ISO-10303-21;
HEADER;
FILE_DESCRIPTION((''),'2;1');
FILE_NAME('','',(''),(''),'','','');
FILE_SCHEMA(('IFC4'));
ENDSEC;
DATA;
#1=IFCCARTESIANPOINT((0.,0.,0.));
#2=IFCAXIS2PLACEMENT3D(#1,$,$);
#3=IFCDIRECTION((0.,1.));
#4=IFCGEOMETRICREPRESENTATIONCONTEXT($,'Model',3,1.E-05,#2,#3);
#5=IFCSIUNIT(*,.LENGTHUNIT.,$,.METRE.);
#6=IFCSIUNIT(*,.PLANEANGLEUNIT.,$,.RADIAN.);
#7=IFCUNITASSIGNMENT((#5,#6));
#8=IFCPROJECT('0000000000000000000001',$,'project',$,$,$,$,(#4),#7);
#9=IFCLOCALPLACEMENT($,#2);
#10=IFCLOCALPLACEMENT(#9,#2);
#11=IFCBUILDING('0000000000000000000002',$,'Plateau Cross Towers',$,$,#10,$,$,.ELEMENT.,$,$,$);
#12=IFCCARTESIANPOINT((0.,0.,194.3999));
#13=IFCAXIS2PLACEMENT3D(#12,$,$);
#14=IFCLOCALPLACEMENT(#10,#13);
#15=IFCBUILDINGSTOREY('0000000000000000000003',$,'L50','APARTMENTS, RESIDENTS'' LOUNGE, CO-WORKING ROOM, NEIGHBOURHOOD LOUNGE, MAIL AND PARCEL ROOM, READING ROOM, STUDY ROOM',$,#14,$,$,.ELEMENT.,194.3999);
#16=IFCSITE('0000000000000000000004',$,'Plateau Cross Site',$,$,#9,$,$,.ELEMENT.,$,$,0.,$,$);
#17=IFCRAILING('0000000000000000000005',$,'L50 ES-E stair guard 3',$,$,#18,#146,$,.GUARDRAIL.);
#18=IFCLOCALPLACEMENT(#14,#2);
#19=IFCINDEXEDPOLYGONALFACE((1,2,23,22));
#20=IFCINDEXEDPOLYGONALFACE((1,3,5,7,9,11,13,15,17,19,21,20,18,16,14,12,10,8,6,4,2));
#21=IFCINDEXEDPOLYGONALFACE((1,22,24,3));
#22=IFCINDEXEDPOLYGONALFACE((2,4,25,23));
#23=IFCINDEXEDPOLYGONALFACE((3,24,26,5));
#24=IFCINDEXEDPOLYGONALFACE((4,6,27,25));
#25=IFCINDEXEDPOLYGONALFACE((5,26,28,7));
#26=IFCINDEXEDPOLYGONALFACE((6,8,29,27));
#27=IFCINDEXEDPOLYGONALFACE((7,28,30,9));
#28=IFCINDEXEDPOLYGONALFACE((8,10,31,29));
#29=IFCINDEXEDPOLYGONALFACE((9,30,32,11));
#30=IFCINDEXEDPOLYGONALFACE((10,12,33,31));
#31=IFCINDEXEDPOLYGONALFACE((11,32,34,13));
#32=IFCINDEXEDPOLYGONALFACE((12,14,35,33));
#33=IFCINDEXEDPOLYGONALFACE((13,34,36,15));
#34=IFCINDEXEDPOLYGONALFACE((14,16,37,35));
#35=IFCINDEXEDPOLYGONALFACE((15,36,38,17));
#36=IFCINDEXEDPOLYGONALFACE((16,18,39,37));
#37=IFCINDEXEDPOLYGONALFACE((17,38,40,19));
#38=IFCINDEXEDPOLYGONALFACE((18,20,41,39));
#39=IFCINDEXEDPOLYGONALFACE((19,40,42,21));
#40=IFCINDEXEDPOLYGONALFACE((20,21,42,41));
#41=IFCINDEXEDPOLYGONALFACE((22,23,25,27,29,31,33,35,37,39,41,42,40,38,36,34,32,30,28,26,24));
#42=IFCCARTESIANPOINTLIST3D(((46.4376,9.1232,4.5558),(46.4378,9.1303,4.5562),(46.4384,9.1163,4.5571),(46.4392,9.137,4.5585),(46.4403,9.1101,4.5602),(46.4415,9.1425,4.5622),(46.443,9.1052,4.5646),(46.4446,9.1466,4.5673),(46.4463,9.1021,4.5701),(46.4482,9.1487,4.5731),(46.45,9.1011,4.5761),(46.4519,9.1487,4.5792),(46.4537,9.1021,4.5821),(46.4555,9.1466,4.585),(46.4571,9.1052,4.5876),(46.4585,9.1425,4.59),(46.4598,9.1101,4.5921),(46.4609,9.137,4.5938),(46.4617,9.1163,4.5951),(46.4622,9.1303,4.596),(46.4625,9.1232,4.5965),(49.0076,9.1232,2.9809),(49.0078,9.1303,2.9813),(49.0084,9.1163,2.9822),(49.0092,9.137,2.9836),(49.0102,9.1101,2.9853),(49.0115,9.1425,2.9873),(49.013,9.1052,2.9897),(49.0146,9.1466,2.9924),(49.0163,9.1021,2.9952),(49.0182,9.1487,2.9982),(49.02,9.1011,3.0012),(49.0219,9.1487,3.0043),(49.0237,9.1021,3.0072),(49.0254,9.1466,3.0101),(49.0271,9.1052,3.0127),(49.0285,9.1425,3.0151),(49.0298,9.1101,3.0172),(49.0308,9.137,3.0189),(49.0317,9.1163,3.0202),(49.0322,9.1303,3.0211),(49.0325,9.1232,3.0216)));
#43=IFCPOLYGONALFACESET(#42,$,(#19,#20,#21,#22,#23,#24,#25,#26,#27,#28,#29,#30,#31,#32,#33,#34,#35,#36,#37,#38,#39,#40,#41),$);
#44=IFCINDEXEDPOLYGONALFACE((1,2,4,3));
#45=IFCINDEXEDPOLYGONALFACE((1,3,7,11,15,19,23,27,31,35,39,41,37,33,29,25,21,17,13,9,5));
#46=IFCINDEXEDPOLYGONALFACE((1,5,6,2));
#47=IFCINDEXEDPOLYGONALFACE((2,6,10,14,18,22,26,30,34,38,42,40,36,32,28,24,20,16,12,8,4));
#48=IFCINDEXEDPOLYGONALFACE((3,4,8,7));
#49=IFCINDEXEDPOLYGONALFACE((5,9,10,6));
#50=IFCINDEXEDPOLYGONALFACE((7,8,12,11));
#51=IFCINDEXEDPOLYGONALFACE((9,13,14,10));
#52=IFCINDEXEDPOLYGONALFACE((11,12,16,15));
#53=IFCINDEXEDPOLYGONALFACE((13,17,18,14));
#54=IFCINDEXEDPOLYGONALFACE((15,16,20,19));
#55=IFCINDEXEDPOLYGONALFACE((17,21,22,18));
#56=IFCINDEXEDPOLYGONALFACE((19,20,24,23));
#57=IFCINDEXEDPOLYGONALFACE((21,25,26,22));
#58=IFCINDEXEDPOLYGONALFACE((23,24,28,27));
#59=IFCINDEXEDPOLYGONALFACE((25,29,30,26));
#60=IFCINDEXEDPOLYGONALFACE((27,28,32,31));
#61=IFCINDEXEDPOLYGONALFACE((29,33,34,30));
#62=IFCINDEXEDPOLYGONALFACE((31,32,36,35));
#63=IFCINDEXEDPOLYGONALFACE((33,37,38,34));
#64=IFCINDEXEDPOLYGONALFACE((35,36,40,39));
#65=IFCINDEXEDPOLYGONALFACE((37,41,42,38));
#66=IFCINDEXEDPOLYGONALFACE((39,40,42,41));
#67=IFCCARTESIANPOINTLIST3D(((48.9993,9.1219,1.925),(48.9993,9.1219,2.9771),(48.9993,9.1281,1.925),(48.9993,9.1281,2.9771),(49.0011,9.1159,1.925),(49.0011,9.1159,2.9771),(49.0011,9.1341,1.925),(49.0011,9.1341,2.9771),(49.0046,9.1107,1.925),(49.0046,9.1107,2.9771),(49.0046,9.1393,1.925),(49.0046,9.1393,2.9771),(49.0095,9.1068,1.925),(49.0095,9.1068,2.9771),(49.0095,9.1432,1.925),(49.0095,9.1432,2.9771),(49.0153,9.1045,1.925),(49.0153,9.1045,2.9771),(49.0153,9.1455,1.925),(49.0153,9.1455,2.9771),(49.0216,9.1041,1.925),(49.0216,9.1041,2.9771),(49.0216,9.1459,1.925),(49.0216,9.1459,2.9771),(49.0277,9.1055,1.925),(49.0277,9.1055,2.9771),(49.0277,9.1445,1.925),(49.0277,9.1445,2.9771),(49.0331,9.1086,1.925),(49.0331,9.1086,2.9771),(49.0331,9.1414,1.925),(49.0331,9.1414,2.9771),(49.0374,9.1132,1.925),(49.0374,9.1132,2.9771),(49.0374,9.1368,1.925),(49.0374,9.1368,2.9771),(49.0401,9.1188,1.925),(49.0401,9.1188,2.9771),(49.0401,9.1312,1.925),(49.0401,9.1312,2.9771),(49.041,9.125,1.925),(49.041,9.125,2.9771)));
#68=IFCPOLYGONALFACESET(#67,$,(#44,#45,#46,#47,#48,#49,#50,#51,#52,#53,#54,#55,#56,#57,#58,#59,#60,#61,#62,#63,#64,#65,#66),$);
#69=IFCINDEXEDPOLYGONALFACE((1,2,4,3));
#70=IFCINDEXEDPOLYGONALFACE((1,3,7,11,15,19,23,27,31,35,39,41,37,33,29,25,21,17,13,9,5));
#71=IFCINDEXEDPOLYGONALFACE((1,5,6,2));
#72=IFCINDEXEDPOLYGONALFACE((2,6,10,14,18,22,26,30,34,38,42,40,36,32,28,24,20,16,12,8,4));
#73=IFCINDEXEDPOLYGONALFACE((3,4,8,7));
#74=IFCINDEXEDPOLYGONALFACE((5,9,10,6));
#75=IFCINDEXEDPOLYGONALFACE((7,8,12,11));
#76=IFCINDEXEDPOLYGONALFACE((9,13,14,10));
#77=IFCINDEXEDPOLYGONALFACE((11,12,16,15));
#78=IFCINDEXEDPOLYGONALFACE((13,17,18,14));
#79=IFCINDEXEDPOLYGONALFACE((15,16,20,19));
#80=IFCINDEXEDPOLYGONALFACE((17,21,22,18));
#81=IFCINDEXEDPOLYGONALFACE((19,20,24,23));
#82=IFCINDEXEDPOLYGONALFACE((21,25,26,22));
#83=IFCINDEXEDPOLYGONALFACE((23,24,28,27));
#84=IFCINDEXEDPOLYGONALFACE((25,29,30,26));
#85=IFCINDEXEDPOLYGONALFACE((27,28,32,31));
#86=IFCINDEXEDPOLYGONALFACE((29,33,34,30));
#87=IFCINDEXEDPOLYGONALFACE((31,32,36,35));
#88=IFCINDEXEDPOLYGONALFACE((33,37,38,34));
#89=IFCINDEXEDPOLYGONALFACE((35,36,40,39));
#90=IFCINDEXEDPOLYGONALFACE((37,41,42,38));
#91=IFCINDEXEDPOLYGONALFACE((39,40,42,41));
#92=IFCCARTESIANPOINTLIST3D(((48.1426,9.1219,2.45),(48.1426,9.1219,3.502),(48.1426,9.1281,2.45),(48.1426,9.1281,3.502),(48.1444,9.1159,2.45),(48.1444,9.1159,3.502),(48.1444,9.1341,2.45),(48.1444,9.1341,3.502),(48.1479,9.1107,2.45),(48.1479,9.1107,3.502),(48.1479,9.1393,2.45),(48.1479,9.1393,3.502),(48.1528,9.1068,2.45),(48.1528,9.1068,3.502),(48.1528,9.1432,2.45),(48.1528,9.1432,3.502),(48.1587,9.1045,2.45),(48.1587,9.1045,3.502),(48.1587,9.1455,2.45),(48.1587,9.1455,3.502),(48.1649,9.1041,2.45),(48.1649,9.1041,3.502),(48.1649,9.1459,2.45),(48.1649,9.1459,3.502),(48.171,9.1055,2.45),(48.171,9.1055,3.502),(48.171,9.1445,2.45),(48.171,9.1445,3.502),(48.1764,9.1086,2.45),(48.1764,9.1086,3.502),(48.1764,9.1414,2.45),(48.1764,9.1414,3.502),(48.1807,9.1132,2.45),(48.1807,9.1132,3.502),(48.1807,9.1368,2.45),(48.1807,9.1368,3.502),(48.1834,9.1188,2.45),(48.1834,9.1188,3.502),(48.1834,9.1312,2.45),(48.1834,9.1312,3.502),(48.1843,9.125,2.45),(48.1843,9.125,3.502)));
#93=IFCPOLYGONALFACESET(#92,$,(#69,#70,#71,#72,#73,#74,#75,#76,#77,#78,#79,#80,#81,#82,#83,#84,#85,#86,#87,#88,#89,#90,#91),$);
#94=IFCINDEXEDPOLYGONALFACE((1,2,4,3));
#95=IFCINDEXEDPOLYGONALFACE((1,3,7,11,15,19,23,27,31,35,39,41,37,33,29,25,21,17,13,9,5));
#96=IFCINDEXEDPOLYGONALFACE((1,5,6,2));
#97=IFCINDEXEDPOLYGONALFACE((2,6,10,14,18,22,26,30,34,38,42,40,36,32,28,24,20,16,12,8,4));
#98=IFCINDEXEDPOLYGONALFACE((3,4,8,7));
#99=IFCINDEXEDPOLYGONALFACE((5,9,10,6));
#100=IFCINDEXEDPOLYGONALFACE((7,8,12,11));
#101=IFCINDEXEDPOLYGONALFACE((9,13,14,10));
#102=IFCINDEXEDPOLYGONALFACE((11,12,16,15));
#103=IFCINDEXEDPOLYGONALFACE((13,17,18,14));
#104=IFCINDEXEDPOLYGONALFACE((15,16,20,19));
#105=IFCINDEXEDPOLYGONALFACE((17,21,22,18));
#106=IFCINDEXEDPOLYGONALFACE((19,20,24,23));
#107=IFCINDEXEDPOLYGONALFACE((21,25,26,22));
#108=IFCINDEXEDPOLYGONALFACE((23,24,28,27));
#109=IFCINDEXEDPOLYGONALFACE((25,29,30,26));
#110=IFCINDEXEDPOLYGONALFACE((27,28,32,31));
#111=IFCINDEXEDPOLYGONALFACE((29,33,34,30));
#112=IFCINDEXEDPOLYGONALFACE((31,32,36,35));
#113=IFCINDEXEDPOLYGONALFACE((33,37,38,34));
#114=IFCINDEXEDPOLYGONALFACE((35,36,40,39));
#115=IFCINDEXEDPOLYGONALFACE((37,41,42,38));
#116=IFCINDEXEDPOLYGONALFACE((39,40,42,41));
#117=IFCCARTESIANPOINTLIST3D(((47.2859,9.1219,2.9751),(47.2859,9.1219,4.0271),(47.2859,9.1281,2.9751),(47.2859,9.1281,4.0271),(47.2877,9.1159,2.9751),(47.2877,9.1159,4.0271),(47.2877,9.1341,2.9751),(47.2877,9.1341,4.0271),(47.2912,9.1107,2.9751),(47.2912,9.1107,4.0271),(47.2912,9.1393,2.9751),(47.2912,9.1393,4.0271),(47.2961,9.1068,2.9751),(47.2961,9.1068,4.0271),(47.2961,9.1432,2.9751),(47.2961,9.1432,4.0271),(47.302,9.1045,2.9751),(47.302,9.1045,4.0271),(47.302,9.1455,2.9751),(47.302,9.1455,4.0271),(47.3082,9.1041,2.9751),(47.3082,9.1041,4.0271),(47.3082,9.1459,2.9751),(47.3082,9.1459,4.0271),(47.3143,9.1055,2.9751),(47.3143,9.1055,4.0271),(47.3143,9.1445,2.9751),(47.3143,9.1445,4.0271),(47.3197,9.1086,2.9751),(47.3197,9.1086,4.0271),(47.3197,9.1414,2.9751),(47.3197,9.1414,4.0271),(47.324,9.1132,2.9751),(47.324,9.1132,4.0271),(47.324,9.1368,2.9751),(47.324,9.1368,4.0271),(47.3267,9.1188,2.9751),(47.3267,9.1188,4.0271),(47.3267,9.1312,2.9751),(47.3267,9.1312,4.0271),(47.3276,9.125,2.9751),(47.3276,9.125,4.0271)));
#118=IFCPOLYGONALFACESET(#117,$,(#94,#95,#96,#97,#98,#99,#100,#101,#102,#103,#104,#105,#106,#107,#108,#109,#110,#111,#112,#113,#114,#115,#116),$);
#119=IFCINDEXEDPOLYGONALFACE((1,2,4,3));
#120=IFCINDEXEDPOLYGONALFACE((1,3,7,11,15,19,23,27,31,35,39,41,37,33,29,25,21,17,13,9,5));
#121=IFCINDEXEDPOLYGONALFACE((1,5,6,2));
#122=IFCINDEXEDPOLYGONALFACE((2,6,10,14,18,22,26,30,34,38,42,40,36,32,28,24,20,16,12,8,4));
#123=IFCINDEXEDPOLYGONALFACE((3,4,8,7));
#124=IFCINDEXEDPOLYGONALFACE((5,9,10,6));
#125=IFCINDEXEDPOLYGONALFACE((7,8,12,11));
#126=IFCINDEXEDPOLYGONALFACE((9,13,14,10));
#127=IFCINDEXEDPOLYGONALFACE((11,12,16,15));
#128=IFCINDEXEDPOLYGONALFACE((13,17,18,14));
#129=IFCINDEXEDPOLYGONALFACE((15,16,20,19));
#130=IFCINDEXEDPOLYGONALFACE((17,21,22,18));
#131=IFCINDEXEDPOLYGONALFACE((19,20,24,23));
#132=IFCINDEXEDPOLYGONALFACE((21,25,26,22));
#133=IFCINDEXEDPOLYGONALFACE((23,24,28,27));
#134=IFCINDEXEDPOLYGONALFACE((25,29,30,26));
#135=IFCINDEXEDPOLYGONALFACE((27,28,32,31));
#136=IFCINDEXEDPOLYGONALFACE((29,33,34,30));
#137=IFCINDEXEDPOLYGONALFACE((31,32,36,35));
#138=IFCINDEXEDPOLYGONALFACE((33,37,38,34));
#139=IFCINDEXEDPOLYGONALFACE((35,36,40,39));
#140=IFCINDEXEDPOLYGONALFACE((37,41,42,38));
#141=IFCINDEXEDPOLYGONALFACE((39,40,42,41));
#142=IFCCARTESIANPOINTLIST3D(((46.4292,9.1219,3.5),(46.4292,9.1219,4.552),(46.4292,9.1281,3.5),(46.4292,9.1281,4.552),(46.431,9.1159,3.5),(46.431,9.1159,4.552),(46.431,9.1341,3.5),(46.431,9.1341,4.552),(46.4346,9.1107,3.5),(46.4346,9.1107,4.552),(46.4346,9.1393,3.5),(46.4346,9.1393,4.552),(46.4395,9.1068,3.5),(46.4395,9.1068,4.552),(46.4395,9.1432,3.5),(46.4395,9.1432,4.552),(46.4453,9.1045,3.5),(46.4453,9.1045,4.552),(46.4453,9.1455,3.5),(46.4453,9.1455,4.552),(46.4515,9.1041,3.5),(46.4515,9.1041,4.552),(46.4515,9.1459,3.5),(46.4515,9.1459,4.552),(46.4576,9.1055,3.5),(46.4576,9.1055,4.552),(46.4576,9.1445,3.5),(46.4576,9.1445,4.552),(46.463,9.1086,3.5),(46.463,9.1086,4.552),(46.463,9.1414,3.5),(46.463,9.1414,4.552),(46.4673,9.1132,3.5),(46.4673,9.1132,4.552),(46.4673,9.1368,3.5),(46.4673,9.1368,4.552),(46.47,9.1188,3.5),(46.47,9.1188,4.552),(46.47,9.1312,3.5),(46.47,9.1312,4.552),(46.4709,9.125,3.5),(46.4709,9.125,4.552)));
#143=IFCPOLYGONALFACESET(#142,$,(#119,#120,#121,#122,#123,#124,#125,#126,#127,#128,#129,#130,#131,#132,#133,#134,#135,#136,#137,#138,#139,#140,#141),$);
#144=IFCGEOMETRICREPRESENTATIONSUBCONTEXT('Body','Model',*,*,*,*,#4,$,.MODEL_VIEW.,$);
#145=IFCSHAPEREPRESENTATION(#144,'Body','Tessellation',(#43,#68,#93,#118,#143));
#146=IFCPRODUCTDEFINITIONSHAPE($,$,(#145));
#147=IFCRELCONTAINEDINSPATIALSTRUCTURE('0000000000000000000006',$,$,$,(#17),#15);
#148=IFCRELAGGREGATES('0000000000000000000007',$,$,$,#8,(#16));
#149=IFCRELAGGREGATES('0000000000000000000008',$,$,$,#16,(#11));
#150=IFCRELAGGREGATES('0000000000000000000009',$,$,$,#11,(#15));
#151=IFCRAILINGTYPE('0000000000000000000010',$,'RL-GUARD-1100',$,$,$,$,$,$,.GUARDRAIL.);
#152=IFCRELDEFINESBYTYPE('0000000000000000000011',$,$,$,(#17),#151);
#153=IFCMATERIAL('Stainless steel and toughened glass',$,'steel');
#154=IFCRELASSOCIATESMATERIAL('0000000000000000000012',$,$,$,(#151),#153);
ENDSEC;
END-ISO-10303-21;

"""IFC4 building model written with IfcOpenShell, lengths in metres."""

from ifc_helpers import new_model, si_unit, direction, frame, origin, origin_2d, place, context, subcontext, project, spatial, circle, extrude, material, type_object, element, save


model = new_model("IFC4")

# Units and contexts
model_context = context("Model", 3, precision=1e-05, world=origin(), true_north=direction((0.0, 1.0)))
body_context = subcontext(model_context, "Body", "Model", "MODEL_VIEW")
ifc_project = project(units=[si_unit("LENGTHUNIT", "METRE"), si_unit("PLANEANGLEUNIT", "RADIAN")], contexts=[model_context])

# Site, building, storey
site_placement = place(None, origin())
site = spatial("IfcSite", under=ifc_project, at=site_placement, Name="Plateau Cross Site", CompositionType="ELEMENT", RefElevation=0.0)
building_placement = place(site_placement, origin())
building = spatial("IfcBuilding", under=site, at=building_placement, Name="Plateau Cross Towers", CompositionType="ELEMENT")
storey_placement = place(building_placement, frame((0.0, 0.0, 194.3999)))
storey = spatial("IfcBuildingStorey", under=building, at=storey_placement, Name="L50", Description="APARTMENTS, RESIDENTS' LOUNGE, CO-WORKING ROOM, NEIGHBOURHOOD LOUNGE, MAIL AND PARCEL ROOM, READING ROOM, STUDY ROOM", CompositionType="ELEMENT", Elevation=194.3999)

# Railing
ifc_material_1 = material(Name="Stainless steel and toughened glass", Category="steel")
railing_type_1 = type_object("IfcRailingType", Name="RL-GUARD-1100", PredefinedType="GUARDRAIL", material=ifc_material_1)
railing_1_placement = place(storey_placement, frame((49.02, 9.125, 1.925)))
element("IfcRailing", 1, at=railing_1_placement, inside=storey, type_object=railing_type_1, Name="L50 ES-E stair guard 3", PredefinedType="GUARDRAIL", context=body_context, shape_type="SweptSolid", body=[
    extrude(circle(Radius=0.0239, at=origin_2d()), frame((0.0, 0.0, 1.0762), z_axis=(-0.852639, 0.0, 0.522501), x_axis=(0.0, -1.0, 0.0)), (0.0, 0.0, 1.0), 3.0142),
    extrude(circle(Radius=0.021, at=origin_2d()), origin(), (0.0, 0.0, 1.0), 1.052),
    extrude(circle(Radius=0.021, at=origin_2d()), frame((-0.8567, 0.0, 0.5249)), (0.0, 0.0, 1.0), 1.052),
    extrude(circle(Radius=0.021, at=origin_2d()), frame((-1.7134, 0.0, 1.05)), (0.0, 0.0, 1.0), 1.052),
    extrude(circle(Radius=0.021, at=origin_2d()), frame((-2.5701, 0.0, 1.575)), (0.0, 0.0, 1.0), 1.052),
])

save(model, "model.ifc")
